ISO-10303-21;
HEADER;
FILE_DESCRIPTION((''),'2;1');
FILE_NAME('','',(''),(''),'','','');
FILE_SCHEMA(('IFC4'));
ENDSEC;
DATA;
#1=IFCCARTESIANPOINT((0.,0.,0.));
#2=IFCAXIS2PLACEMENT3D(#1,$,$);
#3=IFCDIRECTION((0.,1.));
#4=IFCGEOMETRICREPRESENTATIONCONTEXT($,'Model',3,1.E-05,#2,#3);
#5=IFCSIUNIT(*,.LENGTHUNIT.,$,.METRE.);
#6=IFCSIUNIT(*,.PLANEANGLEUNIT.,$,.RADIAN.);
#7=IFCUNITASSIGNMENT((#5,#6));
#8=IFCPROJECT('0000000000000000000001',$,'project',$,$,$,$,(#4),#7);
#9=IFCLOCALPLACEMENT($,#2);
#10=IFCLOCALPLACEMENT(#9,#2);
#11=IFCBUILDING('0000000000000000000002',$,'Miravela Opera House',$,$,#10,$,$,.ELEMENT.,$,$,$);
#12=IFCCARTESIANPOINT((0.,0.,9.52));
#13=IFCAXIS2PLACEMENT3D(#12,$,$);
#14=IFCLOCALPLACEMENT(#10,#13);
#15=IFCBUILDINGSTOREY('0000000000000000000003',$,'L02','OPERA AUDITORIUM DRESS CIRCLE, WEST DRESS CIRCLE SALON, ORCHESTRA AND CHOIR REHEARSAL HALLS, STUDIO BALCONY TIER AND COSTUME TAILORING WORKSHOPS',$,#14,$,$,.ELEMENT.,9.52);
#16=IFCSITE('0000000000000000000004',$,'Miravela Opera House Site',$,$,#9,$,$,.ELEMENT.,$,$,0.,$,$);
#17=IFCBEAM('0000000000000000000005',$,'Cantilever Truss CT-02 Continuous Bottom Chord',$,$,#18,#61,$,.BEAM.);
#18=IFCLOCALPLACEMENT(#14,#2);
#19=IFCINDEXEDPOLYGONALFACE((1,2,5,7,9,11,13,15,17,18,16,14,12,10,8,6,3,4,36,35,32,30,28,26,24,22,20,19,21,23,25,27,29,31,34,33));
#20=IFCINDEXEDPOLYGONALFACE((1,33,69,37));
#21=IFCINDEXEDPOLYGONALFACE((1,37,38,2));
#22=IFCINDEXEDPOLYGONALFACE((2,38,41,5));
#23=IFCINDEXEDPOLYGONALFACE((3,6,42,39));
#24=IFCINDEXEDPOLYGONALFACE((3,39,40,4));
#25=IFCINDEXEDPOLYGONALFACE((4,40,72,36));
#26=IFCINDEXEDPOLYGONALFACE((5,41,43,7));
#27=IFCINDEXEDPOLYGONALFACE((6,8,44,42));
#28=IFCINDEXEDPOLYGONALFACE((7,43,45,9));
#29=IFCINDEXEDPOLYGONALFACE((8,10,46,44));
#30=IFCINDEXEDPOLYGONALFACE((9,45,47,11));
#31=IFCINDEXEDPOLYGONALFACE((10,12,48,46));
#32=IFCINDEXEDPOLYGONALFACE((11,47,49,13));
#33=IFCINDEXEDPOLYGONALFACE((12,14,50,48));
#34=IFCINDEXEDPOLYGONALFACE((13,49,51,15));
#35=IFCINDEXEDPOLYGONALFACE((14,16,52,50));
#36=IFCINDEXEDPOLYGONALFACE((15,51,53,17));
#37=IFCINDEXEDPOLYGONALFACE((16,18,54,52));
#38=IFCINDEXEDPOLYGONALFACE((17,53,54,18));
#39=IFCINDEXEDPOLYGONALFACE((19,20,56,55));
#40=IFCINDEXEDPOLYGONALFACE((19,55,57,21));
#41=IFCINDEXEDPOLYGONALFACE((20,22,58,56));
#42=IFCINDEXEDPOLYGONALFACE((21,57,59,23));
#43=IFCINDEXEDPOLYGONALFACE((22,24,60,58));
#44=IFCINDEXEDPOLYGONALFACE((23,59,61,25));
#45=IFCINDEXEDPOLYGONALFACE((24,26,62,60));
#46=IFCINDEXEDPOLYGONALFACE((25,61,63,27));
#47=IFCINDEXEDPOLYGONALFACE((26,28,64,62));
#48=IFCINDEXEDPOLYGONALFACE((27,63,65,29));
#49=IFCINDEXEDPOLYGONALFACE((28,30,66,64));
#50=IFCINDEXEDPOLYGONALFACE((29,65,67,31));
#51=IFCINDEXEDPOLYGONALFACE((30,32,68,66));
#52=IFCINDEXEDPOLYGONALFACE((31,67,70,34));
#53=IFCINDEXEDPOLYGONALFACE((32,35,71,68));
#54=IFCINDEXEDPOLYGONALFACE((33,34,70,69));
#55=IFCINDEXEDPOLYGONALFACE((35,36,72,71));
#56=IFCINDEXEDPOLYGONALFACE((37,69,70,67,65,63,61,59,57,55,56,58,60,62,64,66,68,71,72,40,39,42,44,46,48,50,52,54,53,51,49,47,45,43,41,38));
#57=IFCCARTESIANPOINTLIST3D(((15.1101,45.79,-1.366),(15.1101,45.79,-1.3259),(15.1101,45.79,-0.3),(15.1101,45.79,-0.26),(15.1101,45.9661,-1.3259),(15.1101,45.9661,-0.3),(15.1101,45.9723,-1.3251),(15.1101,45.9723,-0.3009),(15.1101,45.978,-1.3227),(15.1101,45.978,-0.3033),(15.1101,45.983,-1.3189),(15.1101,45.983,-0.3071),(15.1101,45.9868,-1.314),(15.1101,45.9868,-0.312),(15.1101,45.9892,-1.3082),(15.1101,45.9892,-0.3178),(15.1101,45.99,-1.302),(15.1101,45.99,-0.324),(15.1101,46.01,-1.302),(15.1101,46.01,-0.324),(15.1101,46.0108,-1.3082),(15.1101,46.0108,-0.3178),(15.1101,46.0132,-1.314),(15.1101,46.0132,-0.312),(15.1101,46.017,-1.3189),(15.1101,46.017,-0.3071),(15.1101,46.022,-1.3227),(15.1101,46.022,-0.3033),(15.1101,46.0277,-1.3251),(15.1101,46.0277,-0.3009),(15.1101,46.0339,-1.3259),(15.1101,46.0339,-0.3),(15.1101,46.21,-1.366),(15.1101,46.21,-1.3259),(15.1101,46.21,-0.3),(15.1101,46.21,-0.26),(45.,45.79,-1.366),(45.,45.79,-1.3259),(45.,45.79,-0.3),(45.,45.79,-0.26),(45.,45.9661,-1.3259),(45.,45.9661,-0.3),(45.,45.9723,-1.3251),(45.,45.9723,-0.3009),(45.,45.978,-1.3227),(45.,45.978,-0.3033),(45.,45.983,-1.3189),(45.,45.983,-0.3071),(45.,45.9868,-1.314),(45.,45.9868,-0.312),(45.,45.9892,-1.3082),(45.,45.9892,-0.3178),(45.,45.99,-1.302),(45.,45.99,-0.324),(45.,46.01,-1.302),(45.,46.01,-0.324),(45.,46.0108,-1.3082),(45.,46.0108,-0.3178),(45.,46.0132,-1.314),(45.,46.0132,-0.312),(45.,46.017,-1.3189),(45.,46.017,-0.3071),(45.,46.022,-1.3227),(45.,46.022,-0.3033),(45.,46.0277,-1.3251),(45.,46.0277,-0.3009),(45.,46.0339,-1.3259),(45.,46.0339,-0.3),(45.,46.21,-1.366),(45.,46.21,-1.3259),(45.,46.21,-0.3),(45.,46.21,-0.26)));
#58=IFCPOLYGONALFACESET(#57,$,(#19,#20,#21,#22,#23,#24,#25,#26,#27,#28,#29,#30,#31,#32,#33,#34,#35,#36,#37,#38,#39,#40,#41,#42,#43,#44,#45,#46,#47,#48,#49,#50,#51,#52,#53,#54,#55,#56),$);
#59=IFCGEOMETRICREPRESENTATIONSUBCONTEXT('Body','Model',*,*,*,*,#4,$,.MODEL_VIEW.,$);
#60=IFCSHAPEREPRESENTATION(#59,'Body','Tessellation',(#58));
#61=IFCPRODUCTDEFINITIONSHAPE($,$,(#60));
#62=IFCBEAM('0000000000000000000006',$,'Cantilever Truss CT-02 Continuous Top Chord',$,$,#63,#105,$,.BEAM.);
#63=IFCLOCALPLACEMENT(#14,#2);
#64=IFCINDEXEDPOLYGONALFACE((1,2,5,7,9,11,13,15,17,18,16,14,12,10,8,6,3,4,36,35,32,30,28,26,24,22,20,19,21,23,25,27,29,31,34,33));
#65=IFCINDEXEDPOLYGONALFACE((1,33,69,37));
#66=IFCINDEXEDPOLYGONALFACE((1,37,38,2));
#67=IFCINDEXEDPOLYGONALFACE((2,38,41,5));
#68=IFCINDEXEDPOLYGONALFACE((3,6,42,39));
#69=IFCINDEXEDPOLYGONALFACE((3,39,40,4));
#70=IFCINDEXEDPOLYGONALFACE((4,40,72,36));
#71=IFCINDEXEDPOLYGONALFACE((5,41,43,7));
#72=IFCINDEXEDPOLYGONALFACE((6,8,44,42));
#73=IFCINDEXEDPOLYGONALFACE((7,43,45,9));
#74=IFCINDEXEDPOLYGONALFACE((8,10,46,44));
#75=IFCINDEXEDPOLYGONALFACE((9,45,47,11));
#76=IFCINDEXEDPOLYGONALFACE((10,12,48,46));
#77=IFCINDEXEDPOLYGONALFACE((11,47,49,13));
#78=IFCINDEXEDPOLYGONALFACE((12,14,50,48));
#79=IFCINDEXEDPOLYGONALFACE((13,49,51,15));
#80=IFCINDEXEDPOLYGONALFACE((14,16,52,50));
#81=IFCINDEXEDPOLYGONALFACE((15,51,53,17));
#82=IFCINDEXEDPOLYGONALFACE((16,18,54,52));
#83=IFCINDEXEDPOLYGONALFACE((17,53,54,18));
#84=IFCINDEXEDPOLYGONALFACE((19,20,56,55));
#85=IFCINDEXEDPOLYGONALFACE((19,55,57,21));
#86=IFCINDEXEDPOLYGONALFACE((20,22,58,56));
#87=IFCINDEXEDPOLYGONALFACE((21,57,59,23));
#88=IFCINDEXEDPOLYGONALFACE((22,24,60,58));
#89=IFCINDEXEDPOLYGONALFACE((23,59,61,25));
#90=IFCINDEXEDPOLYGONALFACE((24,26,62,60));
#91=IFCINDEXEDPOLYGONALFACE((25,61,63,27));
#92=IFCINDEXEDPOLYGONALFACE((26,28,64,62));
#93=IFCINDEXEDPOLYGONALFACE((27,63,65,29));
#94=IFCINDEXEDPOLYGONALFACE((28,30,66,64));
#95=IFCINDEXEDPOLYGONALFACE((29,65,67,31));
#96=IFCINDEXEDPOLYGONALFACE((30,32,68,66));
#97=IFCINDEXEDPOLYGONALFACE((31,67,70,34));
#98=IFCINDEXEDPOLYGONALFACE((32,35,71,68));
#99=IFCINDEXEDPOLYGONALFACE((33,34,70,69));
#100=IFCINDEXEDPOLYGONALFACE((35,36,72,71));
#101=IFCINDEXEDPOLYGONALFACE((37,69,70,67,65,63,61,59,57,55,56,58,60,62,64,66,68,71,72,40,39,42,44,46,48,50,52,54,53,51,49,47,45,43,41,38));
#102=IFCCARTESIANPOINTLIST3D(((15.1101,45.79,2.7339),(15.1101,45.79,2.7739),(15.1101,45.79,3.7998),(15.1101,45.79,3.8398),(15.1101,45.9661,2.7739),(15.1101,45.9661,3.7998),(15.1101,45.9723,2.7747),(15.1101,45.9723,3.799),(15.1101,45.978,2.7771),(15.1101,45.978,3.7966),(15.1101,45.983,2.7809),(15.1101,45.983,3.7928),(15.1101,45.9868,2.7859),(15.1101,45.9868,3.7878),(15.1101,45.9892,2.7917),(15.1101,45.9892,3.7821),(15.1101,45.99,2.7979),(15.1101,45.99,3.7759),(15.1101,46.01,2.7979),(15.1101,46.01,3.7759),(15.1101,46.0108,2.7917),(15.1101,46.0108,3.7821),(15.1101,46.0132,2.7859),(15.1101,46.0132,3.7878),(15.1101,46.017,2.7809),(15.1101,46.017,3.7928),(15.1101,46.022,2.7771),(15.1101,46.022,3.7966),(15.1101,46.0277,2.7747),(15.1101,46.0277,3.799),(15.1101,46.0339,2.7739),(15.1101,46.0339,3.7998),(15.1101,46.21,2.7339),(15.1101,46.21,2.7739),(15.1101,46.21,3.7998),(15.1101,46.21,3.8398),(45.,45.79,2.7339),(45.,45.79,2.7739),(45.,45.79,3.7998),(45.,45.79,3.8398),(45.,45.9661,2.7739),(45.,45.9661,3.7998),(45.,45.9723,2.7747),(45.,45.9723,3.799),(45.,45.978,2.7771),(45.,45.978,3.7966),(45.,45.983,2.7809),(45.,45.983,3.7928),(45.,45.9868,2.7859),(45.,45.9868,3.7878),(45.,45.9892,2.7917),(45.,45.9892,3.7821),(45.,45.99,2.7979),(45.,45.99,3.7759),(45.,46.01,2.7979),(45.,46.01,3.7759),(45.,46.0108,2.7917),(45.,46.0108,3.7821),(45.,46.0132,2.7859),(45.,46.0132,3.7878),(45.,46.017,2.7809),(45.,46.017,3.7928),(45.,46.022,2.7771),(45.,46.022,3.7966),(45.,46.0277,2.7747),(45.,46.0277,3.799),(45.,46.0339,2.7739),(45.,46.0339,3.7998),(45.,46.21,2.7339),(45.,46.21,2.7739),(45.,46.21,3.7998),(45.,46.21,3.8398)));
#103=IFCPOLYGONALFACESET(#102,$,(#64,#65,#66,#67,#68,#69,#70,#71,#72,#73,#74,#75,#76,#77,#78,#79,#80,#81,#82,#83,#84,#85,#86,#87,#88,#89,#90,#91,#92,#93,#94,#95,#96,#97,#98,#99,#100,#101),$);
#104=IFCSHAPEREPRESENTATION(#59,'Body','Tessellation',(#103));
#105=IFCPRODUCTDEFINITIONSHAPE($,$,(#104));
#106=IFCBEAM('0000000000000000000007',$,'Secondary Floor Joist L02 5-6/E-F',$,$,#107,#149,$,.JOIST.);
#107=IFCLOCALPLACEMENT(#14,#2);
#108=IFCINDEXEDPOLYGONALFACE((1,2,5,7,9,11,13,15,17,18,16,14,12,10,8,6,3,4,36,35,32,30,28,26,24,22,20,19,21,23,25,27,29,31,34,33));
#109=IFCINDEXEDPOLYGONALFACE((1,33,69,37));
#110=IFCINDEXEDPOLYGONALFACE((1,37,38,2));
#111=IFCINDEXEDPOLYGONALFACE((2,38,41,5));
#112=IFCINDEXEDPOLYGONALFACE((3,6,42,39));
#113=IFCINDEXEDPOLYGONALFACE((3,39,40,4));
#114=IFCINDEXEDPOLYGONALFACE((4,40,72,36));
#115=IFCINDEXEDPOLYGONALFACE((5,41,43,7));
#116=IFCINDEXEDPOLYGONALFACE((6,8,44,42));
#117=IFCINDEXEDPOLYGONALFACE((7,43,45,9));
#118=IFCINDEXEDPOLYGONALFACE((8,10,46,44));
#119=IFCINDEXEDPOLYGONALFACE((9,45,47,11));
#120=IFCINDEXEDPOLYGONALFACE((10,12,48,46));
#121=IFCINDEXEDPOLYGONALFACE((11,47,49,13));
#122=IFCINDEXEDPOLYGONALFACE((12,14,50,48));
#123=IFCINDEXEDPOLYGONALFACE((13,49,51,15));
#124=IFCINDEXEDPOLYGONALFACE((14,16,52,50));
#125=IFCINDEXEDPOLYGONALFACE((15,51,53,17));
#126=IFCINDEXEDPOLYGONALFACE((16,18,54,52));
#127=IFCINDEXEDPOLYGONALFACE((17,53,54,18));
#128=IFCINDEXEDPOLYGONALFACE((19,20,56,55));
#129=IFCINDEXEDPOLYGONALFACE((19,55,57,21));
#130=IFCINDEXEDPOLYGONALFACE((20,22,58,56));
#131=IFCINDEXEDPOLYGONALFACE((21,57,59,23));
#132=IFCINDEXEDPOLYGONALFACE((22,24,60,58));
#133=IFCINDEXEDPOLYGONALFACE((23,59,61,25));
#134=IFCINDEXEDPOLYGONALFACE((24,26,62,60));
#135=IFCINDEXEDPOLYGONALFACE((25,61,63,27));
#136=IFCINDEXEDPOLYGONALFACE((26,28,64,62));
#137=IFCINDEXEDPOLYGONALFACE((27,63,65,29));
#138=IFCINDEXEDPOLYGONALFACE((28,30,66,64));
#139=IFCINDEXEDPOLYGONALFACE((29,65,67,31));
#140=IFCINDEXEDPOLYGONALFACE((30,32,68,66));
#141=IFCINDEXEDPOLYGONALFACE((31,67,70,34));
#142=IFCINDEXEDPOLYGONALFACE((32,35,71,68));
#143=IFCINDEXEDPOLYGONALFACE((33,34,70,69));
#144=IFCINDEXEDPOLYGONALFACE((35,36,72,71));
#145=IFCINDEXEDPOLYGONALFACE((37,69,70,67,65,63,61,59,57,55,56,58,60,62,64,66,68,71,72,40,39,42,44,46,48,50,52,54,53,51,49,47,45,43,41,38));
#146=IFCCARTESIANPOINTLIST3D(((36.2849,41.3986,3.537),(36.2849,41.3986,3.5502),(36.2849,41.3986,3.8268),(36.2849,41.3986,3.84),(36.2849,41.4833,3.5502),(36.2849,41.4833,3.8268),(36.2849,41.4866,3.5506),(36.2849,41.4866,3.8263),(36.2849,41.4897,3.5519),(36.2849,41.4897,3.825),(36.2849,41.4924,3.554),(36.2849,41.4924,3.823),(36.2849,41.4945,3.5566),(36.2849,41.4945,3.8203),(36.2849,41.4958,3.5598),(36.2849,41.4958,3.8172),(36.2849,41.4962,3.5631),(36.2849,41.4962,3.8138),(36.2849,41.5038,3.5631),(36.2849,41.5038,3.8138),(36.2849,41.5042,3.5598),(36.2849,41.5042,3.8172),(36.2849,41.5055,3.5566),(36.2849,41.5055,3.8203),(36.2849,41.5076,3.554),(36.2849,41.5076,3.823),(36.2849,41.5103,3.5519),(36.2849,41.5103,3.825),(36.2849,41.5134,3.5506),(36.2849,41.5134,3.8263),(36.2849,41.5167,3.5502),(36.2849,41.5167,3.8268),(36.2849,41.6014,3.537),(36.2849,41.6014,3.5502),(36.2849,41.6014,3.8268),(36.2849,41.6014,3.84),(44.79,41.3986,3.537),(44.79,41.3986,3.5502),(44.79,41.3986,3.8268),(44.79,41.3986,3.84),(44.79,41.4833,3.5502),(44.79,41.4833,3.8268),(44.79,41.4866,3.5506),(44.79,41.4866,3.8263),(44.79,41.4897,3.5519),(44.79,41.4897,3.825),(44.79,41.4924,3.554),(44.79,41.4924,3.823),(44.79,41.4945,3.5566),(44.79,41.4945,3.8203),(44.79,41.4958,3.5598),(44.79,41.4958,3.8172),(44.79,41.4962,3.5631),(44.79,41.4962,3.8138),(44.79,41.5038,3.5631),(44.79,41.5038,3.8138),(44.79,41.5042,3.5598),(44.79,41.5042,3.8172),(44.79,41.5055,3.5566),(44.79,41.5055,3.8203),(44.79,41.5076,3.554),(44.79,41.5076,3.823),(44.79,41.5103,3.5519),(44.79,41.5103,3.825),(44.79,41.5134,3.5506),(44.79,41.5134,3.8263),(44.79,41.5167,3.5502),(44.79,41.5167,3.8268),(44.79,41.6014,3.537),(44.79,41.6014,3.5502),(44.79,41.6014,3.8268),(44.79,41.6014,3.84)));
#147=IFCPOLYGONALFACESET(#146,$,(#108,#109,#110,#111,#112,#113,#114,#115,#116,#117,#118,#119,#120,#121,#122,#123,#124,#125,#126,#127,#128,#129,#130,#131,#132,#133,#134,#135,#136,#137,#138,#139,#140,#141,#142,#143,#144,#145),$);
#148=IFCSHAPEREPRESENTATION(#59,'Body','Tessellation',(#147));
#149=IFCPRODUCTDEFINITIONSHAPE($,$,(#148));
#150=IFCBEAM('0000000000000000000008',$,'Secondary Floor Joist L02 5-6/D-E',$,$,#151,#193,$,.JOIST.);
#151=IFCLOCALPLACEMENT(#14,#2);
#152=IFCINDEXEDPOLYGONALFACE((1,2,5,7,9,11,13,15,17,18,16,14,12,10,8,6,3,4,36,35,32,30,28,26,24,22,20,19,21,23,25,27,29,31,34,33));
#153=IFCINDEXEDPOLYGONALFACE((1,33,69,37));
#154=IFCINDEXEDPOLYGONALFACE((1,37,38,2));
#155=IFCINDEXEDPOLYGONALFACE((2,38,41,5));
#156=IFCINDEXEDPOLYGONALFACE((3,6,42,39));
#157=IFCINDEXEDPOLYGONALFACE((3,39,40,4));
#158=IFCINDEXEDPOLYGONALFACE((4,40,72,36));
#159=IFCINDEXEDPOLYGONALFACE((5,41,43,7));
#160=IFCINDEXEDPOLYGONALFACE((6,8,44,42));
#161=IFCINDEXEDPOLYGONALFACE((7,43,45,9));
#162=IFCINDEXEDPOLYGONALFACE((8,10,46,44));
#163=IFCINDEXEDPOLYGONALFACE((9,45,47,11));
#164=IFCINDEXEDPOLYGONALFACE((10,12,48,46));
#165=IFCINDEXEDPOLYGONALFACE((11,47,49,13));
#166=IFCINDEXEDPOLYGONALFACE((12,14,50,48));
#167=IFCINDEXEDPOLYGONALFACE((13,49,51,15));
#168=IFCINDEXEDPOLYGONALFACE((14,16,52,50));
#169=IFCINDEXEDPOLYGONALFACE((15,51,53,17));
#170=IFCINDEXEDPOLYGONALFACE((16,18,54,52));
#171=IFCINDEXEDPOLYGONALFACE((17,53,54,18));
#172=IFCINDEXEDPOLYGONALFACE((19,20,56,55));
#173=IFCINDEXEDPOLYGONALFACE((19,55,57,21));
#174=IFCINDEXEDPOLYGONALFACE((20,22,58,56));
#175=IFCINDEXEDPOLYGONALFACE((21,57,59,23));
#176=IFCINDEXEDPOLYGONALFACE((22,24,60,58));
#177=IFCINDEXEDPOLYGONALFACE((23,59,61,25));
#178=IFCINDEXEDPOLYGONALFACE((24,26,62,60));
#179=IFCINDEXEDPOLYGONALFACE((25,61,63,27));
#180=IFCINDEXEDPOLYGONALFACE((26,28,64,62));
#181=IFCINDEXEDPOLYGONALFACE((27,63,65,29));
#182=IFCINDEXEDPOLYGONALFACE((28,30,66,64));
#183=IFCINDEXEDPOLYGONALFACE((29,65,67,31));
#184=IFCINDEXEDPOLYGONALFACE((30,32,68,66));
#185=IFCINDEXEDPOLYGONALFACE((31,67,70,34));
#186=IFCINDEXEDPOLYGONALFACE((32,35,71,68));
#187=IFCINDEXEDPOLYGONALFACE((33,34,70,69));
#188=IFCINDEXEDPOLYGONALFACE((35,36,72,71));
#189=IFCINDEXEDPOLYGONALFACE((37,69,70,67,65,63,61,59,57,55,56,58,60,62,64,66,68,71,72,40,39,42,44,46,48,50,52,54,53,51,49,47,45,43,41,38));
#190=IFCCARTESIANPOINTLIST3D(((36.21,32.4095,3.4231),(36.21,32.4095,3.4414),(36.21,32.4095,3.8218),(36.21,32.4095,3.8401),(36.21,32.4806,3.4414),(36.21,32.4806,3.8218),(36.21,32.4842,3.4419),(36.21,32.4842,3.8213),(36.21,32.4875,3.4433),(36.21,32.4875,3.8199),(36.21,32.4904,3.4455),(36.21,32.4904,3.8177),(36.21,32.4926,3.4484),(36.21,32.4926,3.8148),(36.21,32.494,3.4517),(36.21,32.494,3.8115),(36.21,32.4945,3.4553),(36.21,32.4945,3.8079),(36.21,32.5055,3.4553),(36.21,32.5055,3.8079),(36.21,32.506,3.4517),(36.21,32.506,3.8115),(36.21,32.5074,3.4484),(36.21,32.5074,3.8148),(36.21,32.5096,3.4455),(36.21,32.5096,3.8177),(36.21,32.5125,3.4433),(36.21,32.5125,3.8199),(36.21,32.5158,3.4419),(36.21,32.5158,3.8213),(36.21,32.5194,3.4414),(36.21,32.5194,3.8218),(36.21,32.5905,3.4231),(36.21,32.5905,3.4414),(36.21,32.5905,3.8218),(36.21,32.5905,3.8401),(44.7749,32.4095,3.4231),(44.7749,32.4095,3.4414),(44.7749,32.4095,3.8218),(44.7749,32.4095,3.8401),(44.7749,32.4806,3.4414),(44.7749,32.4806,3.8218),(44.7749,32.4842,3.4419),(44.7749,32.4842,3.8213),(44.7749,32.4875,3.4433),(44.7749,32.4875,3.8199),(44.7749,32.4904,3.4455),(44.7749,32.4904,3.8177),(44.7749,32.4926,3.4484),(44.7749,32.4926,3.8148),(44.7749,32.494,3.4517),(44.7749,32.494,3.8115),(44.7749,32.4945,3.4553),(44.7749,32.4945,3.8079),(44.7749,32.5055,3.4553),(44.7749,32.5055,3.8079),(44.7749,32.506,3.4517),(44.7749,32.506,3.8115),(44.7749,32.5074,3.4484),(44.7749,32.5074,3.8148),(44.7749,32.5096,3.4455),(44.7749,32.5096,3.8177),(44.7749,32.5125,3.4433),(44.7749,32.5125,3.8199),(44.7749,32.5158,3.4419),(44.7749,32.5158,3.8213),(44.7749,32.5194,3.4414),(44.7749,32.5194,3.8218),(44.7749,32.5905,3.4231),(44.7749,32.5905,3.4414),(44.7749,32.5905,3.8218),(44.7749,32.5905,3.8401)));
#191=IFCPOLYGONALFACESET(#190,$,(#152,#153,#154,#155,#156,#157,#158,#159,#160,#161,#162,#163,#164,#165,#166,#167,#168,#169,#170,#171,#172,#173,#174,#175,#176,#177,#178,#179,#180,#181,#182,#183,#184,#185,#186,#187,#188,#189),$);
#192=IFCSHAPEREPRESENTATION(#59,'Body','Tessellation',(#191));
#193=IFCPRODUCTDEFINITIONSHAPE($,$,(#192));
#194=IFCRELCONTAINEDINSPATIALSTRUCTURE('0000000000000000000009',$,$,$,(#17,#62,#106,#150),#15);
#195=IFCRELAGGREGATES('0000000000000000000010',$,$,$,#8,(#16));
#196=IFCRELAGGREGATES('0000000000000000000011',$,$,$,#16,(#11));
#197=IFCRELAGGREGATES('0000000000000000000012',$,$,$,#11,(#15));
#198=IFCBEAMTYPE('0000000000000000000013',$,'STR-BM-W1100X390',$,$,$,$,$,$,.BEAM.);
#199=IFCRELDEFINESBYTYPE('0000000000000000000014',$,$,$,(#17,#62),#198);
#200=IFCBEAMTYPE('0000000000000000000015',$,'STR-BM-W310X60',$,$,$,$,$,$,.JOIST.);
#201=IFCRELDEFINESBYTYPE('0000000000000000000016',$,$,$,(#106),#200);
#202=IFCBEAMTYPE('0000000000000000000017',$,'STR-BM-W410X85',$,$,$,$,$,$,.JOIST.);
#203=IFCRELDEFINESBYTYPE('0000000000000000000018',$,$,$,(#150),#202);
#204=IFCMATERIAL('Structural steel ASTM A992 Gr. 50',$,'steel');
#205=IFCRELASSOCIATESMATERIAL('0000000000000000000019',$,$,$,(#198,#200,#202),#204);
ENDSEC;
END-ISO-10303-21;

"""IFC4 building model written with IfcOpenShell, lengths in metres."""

from ifc_helpers import new_model, si_unit, direction, frame, origin, origin_2d, place, context, subcontext, project, spatial, i_section, extrude, material, material_profile, profile_set, type_object, element, save


model = new_model("IFC4")

# Units and contexts
model_context = context("Model", 3, precision=1e-05, world=origin(), true_north=direction((0.0, 1.0)))
body_context = subcontext(model_context, "Body", "Model", "MODEL_VIEW")
ifc_project = project(units=[si_unit("LENGTHUNIT", "METRE"), si_unit("PLANEANGLEUNIT", "RADIAN")], contexts=[model_context])

# Site, building, storey
site_placement = place(None, origin())
site = spatial("IfcSite", under=ifc_project, at=site_placement, Name="Miravela Opera House Site", CompositionType="ELEMENT", RefElevation=0.0)
building_placement = place(site_placement, origin())
building = spatial("IfcBuilding", under=site, at=building_placement, Name="Miravela Opera House", CompositionType="ELEMENT")
storey_placement = place(building_placement, frame((0.0, 0.0, 9.52)))
storey = spatial("IfcBuildingStorey", under=building, at=storey_placement, Name="L02", Description="OPERA AUDITORIUM DRESS CIRCLE, WEST DRESS CIRCLE SALON, ORCHESTRA AND CHOIR REHEARSAL HALLS, STUDIO BALCONY TIER AND COSTUME TAILORING WORKSHOPS", CompositionType="ELEMENT", Elevation=9.52)

# Beams
ifc_material_1 = material(Name="Structural steel ASTM A992 Gr. 50", Category="steel")
ifc_material_profile_1 = material_profile(ifc_material_1, i_section(OverallWidth=0.4199, OverallDepth=1.106, WebThickness=0.02, FlangeThickness=0.04, FilletRadius=0.0239, at=origin_2d()), Name="W1100X390")
ifc_profile_set_1 = profile_set([ifc_material_profile_1])
beam_type_1 = type_object("IfcBeamType", Name="STR-BM-W1100X390", PredefinedType="BEAM", material=ifc_profile_set_1)
for number, where, z_axis, x_axis, name in (
    (1, (45.0, 46.0, -0.813), (-1.0, 0.0, 0.0), (0.0, -1.0, 0.0), "Cantilever Truss CT-02 Continuous Bottom Chord"),
    (2, (45.0, 46.0, 3.2869), (-1.0, 0.0, 0.0), (0.0, -1.0, 0.0), "Cantilever Truss CT-02 Continuous Top Chord"),
):
    element("IfcBeam", number, at=place(storey_placement, frame(where, z_axis=z_axis, x_axis=x_axis)), inside=storey, type_object=beam_type_1, Name=name, PredefinedType="BEAM", context=body_context, shape_type="SweptSolid", body=[
        extrude(i_section(OverallWidth=0.4199, OverallDepth=1.106, WebThickness=0.02, FlangeThickness=0.04, FilletRadius=0.0239, at=origin_2d()), origin(), (0.0, 0.0, 1.0), 29.8899),
    ])
ifc_material_profile_2 = material_profile(ifc_material_1, i_section(OverallWidth=0.2029, OverallDepth=0.303, WebThickness=0.0076, FlangeThickness=0.0132, FilletRadius=0.0129, at=origin_2d()), Name="W310X60")
ifc_profile_set_2 = profile_set([ifc_material_profile_2])
beam_type_2 = type_object("IfcBeamType", Name="STR-BM-W310X60", PredefinedType="JOIST", material=ifc_profile_set_2)
beam_1_placement = place(storey_placement, frame((36.2849, 41.5, 3.6885), z_axis=(1.0, 0.0, 0.0), x_axis=(0.0, 1.0, 0.0)))
element("IfcBeam", 3, at=beam_1_placement, inside=storey, type_object=beam_type_2, Name="Secondary Floor Joist L02 5-6/E-F", PredefinedType="JOIST", context=body_context, shape_type="SweptSolid", body=[
    extrude(i_section(OverallWidth=0.2029, OverallDepth=0.303, WebThickness=0.0076, FlangeThickness=0.0132, FilletRadius=0.0129, at=origin_2d()), origin(), (0.0, 0.0, 1.0), 8.5051),
])
ifc_material_profile_3 = material_profile(ifc_material_1, i_section(OverallWidth=0.1809, OverallDepth=0.417, WebThickness=0.011, FlangeThickness=0.0183, FilletRadius=0.0139, at=origin_2d()), Name="W410X85")
ifc_profile_set_3 = profile_set([ifc_material_profile_3])
beam_type_3 = type_object("IfcBeamType", Name="STR-BM-W410X85", PredefinedType="JOIST", material=ifc_profile_set_3)
beam_2_placement = place(storey_placement, frame((36.21, 32.5, 3.6316), z_axis=(1.0, 0.0, 0.0), x_axis=(0.0, 1.0, 0.0)))
element("IfcBeam", 4, at=beam_2_placement, inside=storey, type_object=beam_type_3, Name="Secondary Floor Joist L02 5-6/D-E", PredefinedType="JOIST", context=body_context, shape_type="SweptSolid", body=[
    extrude(i_section(OverallWidth=0.1809, OverallDepth=0.417, WebThickness=0.011, FlangeThickness=0.0183, FilletRadius=0.0139, at=origin_2d()), origin(), (0.0, 0.0, 1.0), 8.5649),
])

save(model, "model.ifc")
